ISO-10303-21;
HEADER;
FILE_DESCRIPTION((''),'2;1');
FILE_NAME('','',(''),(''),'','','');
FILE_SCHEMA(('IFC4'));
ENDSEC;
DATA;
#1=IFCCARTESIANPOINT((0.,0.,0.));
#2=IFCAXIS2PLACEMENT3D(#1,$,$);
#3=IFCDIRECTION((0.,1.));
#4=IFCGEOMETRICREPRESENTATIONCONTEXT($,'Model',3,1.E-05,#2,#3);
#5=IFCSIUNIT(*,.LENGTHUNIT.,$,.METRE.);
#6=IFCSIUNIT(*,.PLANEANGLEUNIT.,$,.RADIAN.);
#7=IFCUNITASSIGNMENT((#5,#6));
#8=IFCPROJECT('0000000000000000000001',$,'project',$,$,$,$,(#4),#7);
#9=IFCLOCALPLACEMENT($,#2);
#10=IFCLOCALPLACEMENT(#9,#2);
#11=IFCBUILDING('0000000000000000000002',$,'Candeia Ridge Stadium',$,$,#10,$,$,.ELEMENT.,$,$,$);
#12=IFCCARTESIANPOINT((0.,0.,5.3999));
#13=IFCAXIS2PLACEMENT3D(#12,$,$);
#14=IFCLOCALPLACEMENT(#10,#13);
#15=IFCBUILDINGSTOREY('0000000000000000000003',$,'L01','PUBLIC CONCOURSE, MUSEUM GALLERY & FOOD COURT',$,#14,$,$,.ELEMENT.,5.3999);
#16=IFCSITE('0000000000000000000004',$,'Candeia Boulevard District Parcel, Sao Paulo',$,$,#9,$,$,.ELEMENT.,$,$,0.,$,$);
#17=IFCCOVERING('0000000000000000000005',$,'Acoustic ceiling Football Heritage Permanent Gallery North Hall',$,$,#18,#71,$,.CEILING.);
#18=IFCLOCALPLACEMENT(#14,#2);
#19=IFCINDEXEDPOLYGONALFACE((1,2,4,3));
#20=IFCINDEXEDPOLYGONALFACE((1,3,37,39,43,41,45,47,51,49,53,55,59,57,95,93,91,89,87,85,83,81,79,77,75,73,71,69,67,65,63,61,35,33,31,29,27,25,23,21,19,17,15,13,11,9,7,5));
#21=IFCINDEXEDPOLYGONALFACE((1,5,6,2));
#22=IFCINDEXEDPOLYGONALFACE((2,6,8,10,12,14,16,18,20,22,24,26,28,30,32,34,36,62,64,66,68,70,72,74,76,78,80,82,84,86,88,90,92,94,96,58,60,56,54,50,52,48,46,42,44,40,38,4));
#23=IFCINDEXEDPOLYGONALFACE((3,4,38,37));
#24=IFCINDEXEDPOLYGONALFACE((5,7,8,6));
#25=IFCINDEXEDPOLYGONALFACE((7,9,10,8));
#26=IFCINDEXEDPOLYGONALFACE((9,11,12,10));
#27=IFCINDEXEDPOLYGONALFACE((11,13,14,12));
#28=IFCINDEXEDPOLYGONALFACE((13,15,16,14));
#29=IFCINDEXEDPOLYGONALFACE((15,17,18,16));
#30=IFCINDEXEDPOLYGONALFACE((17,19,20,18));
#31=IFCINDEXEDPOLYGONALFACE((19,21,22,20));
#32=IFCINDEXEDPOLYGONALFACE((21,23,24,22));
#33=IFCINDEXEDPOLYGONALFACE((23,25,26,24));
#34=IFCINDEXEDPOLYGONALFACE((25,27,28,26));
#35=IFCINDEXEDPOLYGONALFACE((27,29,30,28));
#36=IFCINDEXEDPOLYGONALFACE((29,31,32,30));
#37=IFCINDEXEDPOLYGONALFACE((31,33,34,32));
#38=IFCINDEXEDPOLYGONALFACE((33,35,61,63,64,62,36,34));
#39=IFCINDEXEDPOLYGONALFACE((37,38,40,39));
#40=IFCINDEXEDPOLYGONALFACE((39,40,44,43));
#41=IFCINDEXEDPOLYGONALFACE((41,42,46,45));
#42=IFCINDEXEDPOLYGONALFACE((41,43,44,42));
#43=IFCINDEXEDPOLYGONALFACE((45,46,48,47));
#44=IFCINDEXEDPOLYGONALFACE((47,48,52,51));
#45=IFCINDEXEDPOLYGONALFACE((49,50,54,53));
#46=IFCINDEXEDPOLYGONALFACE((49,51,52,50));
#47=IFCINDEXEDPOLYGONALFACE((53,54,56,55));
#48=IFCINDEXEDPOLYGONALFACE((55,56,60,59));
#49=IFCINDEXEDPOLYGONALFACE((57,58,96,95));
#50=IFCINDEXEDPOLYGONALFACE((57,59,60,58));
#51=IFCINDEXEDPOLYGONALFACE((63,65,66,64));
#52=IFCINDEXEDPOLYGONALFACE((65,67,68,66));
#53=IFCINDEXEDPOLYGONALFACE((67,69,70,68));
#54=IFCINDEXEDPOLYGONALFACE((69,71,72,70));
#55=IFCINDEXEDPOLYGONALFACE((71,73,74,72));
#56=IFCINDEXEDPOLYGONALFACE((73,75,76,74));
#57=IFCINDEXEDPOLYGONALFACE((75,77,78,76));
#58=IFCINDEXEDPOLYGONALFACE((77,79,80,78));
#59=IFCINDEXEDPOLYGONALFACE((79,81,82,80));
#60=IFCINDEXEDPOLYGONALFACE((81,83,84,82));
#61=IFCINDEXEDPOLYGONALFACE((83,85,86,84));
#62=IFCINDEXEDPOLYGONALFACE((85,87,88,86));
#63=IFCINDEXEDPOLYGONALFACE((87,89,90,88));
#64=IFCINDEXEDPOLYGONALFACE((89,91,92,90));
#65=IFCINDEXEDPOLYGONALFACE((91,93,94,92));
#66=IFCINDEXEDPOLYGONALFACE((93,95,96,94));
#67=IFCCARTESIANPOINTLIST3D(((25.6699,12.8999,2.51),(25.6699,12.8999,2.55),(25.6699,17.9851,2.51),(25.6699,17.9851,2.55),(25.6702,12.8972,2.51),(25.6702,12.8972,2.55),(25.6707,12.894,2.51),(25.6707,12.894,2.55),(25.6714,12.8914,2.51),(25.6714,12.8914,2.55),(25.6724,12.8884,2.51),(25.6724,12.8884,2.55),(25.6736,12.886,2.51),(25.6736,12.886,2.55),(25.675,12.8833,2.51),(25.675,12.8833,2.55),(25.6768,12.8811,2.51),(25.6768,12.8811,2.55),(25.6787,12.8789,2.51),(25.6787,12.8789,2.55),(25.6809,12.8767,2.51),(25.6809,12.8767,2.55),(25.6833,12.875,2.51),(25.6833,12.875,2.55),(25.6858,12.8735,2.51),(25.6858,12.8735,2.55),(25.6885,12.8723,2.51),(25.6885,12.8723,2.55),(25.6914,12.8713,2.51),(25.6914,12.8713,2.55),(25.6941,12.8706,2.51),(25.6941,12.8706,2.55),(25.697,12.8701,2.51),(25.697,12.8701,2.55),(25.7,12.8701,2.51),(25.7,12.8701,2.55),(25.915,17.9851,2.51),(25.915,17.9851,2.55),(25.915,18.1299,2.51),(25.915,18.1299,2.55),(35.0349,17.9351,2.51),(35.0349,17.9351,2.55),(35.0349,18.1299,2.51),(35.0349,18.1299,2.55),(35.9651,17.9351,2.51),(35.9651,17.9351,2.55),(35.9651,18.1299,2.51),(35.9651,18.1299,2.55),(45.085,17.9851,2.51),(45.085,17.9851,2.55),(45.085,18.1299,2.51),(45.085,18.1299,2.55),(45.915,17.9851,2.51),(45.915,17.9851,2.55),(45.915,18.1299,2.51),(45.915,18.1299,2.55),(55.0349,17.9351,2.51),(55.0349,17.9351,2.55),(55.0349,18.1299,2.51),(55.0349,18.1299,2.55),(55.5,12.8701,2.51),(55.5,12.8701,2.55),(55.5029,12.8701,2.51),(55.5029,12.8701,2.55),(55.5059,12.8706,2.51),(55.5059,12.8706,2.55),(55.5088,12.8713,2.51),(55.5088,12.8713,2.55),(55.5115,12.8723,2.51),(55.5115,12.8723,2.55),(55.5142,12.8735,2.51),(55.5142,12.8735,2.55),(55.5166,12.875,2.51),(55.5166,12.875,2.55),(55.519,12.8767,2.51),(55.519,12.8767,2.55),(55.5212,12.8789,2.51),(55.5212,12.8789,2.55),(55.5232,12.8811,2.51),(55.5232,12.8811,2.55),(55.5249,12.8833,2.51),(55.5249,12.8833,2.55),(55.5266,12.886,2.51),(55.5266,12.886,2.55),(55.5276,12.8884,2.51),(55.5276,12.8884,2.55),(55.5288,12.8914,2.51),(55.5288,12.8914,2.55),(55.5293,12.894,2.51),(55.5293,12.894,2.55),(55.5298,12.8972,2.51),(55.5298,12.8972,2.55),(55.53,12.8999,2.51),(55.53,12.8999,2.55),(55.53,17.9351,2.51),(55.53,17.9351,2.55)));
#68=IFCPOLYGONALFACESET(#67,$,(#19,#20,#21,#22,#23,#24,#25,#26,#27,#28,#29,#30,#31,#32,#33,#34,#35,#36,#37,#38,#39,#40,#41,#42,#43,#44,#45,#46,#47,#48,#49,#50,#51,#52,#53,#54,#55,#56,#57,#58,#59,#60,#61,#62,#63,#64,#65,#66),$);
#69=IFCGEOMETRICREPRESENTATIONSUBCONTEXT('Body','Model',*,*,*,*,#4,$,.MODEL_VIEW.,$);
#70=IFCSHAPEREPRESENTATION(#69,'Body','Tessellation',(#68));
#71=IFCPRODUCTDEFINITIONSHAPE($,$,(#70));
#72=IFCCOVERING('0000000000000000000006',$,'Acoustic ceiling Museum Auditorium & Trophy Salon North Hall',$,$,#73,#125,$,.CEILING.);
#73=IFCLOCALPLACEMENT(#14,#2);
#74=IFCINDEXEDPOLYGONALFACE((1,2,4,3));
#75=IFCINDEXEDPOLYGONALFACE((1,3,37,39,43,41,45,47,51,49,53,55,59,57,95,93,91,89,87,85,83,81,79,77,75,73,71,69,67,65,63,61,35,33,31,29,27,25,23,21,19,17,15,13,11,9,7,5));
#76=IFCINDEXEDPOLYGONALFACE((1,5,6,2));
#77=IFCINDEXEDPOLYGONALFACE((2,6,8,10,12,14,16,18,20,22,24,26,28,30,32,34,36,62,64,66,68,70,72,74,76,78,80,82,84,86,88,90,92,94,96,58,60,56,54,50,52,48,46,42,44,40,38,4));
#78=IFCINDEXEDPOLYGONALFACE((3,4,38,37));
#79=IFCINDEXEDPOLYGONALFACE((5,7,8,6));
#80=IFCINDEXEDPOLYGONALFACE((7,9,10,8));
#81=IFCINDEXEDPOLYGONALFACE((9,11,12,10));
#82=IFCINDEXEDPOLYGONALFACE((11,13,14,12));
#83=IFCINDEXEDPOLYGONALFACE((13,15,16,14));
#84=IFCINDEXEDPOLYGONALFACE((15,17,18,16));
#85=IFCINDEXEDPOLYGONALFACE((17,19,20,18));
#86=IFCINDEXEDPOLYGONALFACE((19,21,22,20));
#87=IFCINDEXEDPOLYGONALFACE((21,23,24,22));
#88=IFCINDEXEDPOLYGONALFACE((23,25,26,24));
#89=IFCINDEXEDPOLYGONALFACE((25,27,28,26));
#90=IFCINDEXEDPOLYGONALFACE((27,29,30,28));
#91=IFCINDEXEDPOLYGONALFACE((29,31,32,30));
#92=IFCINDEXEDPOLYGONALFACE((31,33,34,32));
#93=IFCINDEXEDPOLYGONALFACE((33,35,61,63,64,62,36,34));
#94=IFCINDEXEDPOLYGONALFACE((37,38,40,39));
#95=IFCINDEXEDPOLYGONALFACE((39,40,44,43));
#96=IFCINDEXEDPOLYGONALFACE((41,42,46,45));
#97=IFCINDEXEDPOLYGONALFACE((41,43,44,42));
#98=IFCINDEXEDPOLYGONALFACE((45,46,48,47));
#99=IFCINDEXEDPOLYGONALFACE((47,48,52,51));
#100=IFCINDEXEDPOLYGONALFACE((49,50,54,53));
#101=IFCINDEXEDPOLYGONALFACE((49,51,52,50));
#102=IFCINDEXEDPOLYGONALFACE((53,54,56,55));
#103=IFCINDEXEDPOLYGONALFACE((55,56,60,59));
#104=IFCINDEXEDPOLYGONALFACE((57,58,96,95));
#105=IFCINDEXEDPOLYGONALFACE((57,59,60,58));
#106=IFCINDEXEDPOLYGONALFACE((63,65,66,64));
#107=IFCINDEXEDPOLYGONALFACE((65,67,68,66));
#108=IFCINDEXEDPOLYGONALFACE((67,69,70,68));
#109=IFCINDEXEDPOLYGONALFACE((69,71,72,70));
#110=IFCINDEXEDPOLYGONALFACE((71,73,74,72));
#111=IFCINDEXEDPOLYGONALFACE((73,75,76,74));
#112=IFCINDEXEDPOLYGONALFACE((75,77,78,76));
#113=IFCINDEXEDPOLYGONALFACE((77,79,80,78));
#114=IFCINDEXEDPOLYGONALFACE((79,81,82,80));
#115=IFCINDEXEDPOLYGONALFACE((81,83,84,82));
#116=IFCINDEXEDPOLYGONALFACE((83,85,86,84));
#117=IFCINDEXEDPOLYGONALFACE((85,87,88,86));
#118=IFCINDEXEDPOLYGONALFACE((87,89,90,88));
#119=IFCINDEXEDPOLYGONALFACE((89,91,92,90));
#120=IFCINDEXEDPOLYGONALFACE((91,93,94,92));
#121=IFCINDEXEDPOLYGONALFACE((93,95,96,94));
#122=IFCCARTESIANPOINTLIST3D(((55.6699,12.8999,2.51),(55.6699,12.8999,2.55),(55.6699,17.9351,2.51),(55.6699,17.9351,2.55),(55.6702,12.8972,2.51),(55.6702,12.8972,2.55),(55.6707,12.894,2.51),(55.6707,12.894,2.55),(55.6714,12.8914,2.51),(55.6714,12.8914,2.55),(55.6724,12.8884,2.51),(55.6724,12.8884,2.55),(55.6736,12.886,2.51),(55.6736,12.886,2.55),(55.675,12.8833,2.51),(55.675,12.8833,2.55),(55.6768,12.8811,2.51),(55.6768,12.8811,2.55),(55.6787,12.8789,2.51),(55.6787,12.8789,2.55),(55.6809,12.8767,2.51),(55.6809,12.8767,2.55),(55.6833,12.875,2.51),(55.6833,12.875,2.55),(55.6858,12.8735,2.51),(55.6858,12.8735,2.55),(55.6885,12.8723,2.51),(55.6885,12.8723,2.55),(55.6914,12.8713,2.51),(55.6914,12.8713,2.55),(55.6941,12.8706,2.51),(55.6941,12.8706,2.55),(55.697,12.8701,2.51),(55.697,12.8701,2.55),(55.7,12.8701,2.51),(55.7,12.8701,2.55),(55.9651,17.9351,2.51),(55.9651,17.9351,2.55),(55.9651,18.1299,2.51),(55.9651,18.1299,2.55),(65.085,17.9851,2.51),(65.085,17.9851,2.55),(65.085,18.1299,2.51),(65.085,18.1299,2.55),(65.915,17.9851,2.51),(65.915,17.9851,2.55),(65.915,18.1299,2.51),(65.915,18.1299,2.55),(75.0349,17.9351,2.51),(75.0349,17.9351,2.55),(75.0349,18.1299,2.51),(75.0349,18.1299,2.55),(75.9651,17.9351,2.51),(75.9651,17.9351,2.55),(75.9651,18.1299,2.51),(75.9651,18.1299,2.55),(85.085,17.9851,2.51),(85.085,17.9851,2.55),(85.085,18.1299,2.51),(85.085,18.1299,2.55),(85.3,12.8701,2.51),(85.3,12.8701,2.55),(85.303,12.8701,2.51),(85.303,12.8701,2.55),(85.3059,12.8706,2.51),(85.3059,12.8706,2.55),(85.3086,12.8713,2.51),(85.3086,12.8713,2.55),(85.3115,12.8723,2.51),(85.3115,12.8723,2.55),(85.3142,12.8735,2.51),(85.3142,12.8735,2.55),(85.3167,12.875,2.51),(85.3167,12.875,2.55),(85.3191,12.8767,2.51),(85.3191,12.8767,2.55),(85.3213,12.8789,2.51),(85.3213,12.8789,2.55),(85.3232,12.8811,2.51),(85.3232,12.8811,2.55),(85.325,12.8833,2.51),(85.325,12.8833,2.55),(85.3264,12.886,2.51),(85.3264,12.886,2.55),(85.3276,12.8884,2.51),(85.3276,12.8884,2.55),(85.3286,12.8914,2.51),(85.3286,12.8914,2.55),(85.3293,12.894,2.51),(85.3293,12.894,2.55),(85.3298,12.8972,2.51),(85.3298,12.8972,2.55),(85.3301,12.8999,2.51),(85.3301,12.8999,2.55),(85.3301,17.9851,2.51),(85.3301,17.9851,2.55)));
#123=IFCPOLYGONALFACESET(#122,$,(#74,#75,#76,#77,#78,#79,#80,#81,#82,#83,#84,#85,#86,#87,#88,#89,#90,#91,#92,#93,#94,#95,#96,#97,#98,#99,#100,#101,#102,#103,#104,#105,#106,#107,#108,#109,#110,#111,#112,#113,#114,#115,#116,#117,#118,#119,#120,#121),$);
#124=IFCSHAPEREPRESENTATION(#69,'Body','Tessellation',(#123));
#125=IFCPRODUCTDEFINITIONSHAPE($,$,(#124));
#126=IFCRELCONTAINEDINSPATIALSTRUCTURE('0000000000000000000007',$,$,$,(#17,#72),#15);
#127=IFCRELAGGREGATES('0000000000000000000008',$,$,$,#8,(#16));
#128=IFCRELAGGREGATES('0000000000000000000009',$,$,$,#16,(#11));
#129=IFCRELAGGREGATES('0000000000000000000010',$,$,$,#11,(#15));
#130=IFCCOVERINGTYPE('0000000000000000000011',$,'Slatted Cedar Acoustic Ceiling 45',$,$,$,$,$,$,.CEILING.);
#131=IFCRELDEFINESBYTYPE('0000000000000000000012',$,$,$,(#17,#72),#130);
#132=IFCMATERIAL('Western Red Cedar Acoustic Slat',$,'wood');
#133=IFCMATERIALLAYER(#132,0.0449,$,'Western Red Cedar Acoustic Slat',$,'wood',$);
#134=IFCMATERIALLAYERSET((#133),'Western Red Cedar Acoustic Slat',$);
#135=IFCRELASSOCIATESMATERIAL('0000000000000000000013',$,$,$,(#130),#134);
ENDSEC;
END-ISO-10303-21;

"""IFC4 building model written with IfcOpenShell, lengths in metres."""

from ifc_helpers import new_model, si_unit, direction, frame, origin, place, context, subcontext, project, spatial, polyline, outline, extrude, material, layer, layer_set, type_object, element, save


model = new_model("IFC4")

# Units and contexts
model_context = context("Model", 3, precision=1e-05, world=origin(), true_north=direction((0.0, 1.0)))
body_context = subcontext(model_context, "Body", "Model", "MODEL_VIEW")
ifc_project = project(units=[si_unit("LENGTHUNIT", "METRE"), si_unit("PLANEANGLEUNIT", "RADIAN")], contexts=[model_context])

# Site, building, storey
site_placement = place(None, origin())
site = spatial("IfcSite", under=ifc_project, at=site_placement, Name="Candeia Boulevard District Parcel, Sao Paulo", CompositionType="ELEMENT", RefElevation=0.0)
building_placement = place(site_placement, origin())
building = spatial("IfcBuilding", under=site, at=building_placement, Name="Candeia Ridge Stadium", CompositionType="ELEMENT")
storey_placement = place(building_placement, frame((0.0, 0.0, 5.3999)))
storey = spatial("IfcBuildingStorey", under=building, at=storey_placement, Name="L01", Description="PUBLIC CONCOURSE, MUSEUM GALLERY & FOOD COURT", CompositionType="ELEMENT", Elevation=5.3999)

# Coverings
ifc_material_1 = material(Name="Western Red Cedar Acoustic Slat", Category="wood")
ifc_layer_1 = layer(ifc_material_1, 0.0449, Name="Western Red Cedar Acoustic Slat", Category="wood")
ifc_layer_set_1 = layer_set([ifc_layer_1], Name="Western Red Cedar Acoustic Slat")
covering_type_1 = type_object("IfcCoveringType", Name="Slatted Cedar Acoustic Ceiling 45", PredefinedType="CEILING", material=ifc_layer_set_1)
covering_1_placement = place(storey_placement, frame((0.0, 0.0, 2.51)))
element("IfcCovering", 1, at=covering_1_placement, inside=storey, type_object=covering_type_1, Name="Acoustic ceiling Football Heritage Permanent Gallery North Hall", PredefinedType="CEILING", context=body_context, shape_type="SweptSolid", body=[
    extrude(outline(polyline([(25.6941, 12.8706), (25.6914, 12.8713), (25.6885, 12.8723), (25.6858, 12.8735), (25.6833, 12.875), (25.6809, 12.8767), (25.6787, 12.8789), (25.6768, 12.8811), (25.675, 12.8833), (25.6736, 12.886), (25.6724, 12.8884), (25.6714, 12.8914), (25.6707, 12.894), (25.6702, 12.8972), (25.6699, 12.8999), (25.6699, 17.9851), (25.915, 17.9851), (25.915, 18.1299), (35.0349, 18.1299), (35.0349, 17.9351), (35.9651, 17.9351), (35.9651, 18.1299), (45.085, 18.1299), (45.085, 17.9851), (45.915, 17.9851), (45.915, 18.1299), (55.0349, 18.1299), (55.0349, 17.9351), (55.53, 17.9351), (55.53, 12.8999), (55.5298, 12.8972), (55.5293, 12.894), (55.5288, 12.8914), (55.5276, 12.8884), (55.5266, 12.886), (55.5249, 12.8833), (55.5232, 12.8811), (55.5212, 12.8789), (55.519, 12.8767), (55.5166, 12.875), (55.5142, 12.8735), (55.5115, 12.8723), (55.5088, 12.8713), (55.5059, 12.8706), (55.5029, 12.8701), (55.5, 12.8701), (25.7, 12.8701), (25.697, 12.8701), (25.6941, 12.8706)])), origin(), (0.0, 0.0, 1.0), 0.04),
])
covering_2_placement = place(storey_placement, frame((0.0, 0.0, 2.51)))
element("IfcCovering", 2, at=covering_2_placement, inside=storey, type_object=covering_type_1, Name="Acoustic ceiling Museum Auditorium & Trophy Salon North Hall", PredefinedType="CEILING", context=body_context, shape_type="SweptSolid", body=[
    extrude(outline(polyline([(55.6941, 12.8706), (55.6914, 12.8713), (55.6885, 12.8723), (55.6858, 12.8735), (55.6833, 12.875), (55.6809, 12.8767), (55.6787, 12.8789), (55.6768, 12.8811), (55.675, 12.8833), (55.6736, 12.886), (55.6724, 12.8884), (55.6714, 12.8914), (55.6707, 12.894), (55.6702, 12.8972), (55.6699, 12.8999), (55.6699, 17.9351), (55.9651, 17.9351), (55.9651, 18.1299), (65.085, 18.1299), (65.085, 17.9851), (65.915, 17.9851), (65.915, 18.1299), (75.0349, 18.1299), (75.0349, 17.9351), (75.9651, 17.9351), (75.9651, 18.1299), (85.085, 18.1299), (85.085, 17.9851), (85.3301, 17.9851), (85.3301, 12.8999), (85.3298, 12.8972), (85.3293, 12.894), (85.3286, 12.8914), (85.3276, 12.8884), (85.3264, 12.886), (85.325, 12.8833), (85.3232, 12.8811), (85.3213, 12.8789), (85.3191, 12.8767), (85.3167, 12.875), (85.3142, 12.8735), (85.3115, 12.8723), (85.3086, 12.8713), (85.3059, 12.8706), (85.303, 12.8701), (85.3, 12.8701), (55.7, 12.8701), (55.697, 12.8701), (55.6941, 12.8706)])), origin(), (0.0, 0.0, 1.0), 0.04),
])

save(model, "model.ifc")
